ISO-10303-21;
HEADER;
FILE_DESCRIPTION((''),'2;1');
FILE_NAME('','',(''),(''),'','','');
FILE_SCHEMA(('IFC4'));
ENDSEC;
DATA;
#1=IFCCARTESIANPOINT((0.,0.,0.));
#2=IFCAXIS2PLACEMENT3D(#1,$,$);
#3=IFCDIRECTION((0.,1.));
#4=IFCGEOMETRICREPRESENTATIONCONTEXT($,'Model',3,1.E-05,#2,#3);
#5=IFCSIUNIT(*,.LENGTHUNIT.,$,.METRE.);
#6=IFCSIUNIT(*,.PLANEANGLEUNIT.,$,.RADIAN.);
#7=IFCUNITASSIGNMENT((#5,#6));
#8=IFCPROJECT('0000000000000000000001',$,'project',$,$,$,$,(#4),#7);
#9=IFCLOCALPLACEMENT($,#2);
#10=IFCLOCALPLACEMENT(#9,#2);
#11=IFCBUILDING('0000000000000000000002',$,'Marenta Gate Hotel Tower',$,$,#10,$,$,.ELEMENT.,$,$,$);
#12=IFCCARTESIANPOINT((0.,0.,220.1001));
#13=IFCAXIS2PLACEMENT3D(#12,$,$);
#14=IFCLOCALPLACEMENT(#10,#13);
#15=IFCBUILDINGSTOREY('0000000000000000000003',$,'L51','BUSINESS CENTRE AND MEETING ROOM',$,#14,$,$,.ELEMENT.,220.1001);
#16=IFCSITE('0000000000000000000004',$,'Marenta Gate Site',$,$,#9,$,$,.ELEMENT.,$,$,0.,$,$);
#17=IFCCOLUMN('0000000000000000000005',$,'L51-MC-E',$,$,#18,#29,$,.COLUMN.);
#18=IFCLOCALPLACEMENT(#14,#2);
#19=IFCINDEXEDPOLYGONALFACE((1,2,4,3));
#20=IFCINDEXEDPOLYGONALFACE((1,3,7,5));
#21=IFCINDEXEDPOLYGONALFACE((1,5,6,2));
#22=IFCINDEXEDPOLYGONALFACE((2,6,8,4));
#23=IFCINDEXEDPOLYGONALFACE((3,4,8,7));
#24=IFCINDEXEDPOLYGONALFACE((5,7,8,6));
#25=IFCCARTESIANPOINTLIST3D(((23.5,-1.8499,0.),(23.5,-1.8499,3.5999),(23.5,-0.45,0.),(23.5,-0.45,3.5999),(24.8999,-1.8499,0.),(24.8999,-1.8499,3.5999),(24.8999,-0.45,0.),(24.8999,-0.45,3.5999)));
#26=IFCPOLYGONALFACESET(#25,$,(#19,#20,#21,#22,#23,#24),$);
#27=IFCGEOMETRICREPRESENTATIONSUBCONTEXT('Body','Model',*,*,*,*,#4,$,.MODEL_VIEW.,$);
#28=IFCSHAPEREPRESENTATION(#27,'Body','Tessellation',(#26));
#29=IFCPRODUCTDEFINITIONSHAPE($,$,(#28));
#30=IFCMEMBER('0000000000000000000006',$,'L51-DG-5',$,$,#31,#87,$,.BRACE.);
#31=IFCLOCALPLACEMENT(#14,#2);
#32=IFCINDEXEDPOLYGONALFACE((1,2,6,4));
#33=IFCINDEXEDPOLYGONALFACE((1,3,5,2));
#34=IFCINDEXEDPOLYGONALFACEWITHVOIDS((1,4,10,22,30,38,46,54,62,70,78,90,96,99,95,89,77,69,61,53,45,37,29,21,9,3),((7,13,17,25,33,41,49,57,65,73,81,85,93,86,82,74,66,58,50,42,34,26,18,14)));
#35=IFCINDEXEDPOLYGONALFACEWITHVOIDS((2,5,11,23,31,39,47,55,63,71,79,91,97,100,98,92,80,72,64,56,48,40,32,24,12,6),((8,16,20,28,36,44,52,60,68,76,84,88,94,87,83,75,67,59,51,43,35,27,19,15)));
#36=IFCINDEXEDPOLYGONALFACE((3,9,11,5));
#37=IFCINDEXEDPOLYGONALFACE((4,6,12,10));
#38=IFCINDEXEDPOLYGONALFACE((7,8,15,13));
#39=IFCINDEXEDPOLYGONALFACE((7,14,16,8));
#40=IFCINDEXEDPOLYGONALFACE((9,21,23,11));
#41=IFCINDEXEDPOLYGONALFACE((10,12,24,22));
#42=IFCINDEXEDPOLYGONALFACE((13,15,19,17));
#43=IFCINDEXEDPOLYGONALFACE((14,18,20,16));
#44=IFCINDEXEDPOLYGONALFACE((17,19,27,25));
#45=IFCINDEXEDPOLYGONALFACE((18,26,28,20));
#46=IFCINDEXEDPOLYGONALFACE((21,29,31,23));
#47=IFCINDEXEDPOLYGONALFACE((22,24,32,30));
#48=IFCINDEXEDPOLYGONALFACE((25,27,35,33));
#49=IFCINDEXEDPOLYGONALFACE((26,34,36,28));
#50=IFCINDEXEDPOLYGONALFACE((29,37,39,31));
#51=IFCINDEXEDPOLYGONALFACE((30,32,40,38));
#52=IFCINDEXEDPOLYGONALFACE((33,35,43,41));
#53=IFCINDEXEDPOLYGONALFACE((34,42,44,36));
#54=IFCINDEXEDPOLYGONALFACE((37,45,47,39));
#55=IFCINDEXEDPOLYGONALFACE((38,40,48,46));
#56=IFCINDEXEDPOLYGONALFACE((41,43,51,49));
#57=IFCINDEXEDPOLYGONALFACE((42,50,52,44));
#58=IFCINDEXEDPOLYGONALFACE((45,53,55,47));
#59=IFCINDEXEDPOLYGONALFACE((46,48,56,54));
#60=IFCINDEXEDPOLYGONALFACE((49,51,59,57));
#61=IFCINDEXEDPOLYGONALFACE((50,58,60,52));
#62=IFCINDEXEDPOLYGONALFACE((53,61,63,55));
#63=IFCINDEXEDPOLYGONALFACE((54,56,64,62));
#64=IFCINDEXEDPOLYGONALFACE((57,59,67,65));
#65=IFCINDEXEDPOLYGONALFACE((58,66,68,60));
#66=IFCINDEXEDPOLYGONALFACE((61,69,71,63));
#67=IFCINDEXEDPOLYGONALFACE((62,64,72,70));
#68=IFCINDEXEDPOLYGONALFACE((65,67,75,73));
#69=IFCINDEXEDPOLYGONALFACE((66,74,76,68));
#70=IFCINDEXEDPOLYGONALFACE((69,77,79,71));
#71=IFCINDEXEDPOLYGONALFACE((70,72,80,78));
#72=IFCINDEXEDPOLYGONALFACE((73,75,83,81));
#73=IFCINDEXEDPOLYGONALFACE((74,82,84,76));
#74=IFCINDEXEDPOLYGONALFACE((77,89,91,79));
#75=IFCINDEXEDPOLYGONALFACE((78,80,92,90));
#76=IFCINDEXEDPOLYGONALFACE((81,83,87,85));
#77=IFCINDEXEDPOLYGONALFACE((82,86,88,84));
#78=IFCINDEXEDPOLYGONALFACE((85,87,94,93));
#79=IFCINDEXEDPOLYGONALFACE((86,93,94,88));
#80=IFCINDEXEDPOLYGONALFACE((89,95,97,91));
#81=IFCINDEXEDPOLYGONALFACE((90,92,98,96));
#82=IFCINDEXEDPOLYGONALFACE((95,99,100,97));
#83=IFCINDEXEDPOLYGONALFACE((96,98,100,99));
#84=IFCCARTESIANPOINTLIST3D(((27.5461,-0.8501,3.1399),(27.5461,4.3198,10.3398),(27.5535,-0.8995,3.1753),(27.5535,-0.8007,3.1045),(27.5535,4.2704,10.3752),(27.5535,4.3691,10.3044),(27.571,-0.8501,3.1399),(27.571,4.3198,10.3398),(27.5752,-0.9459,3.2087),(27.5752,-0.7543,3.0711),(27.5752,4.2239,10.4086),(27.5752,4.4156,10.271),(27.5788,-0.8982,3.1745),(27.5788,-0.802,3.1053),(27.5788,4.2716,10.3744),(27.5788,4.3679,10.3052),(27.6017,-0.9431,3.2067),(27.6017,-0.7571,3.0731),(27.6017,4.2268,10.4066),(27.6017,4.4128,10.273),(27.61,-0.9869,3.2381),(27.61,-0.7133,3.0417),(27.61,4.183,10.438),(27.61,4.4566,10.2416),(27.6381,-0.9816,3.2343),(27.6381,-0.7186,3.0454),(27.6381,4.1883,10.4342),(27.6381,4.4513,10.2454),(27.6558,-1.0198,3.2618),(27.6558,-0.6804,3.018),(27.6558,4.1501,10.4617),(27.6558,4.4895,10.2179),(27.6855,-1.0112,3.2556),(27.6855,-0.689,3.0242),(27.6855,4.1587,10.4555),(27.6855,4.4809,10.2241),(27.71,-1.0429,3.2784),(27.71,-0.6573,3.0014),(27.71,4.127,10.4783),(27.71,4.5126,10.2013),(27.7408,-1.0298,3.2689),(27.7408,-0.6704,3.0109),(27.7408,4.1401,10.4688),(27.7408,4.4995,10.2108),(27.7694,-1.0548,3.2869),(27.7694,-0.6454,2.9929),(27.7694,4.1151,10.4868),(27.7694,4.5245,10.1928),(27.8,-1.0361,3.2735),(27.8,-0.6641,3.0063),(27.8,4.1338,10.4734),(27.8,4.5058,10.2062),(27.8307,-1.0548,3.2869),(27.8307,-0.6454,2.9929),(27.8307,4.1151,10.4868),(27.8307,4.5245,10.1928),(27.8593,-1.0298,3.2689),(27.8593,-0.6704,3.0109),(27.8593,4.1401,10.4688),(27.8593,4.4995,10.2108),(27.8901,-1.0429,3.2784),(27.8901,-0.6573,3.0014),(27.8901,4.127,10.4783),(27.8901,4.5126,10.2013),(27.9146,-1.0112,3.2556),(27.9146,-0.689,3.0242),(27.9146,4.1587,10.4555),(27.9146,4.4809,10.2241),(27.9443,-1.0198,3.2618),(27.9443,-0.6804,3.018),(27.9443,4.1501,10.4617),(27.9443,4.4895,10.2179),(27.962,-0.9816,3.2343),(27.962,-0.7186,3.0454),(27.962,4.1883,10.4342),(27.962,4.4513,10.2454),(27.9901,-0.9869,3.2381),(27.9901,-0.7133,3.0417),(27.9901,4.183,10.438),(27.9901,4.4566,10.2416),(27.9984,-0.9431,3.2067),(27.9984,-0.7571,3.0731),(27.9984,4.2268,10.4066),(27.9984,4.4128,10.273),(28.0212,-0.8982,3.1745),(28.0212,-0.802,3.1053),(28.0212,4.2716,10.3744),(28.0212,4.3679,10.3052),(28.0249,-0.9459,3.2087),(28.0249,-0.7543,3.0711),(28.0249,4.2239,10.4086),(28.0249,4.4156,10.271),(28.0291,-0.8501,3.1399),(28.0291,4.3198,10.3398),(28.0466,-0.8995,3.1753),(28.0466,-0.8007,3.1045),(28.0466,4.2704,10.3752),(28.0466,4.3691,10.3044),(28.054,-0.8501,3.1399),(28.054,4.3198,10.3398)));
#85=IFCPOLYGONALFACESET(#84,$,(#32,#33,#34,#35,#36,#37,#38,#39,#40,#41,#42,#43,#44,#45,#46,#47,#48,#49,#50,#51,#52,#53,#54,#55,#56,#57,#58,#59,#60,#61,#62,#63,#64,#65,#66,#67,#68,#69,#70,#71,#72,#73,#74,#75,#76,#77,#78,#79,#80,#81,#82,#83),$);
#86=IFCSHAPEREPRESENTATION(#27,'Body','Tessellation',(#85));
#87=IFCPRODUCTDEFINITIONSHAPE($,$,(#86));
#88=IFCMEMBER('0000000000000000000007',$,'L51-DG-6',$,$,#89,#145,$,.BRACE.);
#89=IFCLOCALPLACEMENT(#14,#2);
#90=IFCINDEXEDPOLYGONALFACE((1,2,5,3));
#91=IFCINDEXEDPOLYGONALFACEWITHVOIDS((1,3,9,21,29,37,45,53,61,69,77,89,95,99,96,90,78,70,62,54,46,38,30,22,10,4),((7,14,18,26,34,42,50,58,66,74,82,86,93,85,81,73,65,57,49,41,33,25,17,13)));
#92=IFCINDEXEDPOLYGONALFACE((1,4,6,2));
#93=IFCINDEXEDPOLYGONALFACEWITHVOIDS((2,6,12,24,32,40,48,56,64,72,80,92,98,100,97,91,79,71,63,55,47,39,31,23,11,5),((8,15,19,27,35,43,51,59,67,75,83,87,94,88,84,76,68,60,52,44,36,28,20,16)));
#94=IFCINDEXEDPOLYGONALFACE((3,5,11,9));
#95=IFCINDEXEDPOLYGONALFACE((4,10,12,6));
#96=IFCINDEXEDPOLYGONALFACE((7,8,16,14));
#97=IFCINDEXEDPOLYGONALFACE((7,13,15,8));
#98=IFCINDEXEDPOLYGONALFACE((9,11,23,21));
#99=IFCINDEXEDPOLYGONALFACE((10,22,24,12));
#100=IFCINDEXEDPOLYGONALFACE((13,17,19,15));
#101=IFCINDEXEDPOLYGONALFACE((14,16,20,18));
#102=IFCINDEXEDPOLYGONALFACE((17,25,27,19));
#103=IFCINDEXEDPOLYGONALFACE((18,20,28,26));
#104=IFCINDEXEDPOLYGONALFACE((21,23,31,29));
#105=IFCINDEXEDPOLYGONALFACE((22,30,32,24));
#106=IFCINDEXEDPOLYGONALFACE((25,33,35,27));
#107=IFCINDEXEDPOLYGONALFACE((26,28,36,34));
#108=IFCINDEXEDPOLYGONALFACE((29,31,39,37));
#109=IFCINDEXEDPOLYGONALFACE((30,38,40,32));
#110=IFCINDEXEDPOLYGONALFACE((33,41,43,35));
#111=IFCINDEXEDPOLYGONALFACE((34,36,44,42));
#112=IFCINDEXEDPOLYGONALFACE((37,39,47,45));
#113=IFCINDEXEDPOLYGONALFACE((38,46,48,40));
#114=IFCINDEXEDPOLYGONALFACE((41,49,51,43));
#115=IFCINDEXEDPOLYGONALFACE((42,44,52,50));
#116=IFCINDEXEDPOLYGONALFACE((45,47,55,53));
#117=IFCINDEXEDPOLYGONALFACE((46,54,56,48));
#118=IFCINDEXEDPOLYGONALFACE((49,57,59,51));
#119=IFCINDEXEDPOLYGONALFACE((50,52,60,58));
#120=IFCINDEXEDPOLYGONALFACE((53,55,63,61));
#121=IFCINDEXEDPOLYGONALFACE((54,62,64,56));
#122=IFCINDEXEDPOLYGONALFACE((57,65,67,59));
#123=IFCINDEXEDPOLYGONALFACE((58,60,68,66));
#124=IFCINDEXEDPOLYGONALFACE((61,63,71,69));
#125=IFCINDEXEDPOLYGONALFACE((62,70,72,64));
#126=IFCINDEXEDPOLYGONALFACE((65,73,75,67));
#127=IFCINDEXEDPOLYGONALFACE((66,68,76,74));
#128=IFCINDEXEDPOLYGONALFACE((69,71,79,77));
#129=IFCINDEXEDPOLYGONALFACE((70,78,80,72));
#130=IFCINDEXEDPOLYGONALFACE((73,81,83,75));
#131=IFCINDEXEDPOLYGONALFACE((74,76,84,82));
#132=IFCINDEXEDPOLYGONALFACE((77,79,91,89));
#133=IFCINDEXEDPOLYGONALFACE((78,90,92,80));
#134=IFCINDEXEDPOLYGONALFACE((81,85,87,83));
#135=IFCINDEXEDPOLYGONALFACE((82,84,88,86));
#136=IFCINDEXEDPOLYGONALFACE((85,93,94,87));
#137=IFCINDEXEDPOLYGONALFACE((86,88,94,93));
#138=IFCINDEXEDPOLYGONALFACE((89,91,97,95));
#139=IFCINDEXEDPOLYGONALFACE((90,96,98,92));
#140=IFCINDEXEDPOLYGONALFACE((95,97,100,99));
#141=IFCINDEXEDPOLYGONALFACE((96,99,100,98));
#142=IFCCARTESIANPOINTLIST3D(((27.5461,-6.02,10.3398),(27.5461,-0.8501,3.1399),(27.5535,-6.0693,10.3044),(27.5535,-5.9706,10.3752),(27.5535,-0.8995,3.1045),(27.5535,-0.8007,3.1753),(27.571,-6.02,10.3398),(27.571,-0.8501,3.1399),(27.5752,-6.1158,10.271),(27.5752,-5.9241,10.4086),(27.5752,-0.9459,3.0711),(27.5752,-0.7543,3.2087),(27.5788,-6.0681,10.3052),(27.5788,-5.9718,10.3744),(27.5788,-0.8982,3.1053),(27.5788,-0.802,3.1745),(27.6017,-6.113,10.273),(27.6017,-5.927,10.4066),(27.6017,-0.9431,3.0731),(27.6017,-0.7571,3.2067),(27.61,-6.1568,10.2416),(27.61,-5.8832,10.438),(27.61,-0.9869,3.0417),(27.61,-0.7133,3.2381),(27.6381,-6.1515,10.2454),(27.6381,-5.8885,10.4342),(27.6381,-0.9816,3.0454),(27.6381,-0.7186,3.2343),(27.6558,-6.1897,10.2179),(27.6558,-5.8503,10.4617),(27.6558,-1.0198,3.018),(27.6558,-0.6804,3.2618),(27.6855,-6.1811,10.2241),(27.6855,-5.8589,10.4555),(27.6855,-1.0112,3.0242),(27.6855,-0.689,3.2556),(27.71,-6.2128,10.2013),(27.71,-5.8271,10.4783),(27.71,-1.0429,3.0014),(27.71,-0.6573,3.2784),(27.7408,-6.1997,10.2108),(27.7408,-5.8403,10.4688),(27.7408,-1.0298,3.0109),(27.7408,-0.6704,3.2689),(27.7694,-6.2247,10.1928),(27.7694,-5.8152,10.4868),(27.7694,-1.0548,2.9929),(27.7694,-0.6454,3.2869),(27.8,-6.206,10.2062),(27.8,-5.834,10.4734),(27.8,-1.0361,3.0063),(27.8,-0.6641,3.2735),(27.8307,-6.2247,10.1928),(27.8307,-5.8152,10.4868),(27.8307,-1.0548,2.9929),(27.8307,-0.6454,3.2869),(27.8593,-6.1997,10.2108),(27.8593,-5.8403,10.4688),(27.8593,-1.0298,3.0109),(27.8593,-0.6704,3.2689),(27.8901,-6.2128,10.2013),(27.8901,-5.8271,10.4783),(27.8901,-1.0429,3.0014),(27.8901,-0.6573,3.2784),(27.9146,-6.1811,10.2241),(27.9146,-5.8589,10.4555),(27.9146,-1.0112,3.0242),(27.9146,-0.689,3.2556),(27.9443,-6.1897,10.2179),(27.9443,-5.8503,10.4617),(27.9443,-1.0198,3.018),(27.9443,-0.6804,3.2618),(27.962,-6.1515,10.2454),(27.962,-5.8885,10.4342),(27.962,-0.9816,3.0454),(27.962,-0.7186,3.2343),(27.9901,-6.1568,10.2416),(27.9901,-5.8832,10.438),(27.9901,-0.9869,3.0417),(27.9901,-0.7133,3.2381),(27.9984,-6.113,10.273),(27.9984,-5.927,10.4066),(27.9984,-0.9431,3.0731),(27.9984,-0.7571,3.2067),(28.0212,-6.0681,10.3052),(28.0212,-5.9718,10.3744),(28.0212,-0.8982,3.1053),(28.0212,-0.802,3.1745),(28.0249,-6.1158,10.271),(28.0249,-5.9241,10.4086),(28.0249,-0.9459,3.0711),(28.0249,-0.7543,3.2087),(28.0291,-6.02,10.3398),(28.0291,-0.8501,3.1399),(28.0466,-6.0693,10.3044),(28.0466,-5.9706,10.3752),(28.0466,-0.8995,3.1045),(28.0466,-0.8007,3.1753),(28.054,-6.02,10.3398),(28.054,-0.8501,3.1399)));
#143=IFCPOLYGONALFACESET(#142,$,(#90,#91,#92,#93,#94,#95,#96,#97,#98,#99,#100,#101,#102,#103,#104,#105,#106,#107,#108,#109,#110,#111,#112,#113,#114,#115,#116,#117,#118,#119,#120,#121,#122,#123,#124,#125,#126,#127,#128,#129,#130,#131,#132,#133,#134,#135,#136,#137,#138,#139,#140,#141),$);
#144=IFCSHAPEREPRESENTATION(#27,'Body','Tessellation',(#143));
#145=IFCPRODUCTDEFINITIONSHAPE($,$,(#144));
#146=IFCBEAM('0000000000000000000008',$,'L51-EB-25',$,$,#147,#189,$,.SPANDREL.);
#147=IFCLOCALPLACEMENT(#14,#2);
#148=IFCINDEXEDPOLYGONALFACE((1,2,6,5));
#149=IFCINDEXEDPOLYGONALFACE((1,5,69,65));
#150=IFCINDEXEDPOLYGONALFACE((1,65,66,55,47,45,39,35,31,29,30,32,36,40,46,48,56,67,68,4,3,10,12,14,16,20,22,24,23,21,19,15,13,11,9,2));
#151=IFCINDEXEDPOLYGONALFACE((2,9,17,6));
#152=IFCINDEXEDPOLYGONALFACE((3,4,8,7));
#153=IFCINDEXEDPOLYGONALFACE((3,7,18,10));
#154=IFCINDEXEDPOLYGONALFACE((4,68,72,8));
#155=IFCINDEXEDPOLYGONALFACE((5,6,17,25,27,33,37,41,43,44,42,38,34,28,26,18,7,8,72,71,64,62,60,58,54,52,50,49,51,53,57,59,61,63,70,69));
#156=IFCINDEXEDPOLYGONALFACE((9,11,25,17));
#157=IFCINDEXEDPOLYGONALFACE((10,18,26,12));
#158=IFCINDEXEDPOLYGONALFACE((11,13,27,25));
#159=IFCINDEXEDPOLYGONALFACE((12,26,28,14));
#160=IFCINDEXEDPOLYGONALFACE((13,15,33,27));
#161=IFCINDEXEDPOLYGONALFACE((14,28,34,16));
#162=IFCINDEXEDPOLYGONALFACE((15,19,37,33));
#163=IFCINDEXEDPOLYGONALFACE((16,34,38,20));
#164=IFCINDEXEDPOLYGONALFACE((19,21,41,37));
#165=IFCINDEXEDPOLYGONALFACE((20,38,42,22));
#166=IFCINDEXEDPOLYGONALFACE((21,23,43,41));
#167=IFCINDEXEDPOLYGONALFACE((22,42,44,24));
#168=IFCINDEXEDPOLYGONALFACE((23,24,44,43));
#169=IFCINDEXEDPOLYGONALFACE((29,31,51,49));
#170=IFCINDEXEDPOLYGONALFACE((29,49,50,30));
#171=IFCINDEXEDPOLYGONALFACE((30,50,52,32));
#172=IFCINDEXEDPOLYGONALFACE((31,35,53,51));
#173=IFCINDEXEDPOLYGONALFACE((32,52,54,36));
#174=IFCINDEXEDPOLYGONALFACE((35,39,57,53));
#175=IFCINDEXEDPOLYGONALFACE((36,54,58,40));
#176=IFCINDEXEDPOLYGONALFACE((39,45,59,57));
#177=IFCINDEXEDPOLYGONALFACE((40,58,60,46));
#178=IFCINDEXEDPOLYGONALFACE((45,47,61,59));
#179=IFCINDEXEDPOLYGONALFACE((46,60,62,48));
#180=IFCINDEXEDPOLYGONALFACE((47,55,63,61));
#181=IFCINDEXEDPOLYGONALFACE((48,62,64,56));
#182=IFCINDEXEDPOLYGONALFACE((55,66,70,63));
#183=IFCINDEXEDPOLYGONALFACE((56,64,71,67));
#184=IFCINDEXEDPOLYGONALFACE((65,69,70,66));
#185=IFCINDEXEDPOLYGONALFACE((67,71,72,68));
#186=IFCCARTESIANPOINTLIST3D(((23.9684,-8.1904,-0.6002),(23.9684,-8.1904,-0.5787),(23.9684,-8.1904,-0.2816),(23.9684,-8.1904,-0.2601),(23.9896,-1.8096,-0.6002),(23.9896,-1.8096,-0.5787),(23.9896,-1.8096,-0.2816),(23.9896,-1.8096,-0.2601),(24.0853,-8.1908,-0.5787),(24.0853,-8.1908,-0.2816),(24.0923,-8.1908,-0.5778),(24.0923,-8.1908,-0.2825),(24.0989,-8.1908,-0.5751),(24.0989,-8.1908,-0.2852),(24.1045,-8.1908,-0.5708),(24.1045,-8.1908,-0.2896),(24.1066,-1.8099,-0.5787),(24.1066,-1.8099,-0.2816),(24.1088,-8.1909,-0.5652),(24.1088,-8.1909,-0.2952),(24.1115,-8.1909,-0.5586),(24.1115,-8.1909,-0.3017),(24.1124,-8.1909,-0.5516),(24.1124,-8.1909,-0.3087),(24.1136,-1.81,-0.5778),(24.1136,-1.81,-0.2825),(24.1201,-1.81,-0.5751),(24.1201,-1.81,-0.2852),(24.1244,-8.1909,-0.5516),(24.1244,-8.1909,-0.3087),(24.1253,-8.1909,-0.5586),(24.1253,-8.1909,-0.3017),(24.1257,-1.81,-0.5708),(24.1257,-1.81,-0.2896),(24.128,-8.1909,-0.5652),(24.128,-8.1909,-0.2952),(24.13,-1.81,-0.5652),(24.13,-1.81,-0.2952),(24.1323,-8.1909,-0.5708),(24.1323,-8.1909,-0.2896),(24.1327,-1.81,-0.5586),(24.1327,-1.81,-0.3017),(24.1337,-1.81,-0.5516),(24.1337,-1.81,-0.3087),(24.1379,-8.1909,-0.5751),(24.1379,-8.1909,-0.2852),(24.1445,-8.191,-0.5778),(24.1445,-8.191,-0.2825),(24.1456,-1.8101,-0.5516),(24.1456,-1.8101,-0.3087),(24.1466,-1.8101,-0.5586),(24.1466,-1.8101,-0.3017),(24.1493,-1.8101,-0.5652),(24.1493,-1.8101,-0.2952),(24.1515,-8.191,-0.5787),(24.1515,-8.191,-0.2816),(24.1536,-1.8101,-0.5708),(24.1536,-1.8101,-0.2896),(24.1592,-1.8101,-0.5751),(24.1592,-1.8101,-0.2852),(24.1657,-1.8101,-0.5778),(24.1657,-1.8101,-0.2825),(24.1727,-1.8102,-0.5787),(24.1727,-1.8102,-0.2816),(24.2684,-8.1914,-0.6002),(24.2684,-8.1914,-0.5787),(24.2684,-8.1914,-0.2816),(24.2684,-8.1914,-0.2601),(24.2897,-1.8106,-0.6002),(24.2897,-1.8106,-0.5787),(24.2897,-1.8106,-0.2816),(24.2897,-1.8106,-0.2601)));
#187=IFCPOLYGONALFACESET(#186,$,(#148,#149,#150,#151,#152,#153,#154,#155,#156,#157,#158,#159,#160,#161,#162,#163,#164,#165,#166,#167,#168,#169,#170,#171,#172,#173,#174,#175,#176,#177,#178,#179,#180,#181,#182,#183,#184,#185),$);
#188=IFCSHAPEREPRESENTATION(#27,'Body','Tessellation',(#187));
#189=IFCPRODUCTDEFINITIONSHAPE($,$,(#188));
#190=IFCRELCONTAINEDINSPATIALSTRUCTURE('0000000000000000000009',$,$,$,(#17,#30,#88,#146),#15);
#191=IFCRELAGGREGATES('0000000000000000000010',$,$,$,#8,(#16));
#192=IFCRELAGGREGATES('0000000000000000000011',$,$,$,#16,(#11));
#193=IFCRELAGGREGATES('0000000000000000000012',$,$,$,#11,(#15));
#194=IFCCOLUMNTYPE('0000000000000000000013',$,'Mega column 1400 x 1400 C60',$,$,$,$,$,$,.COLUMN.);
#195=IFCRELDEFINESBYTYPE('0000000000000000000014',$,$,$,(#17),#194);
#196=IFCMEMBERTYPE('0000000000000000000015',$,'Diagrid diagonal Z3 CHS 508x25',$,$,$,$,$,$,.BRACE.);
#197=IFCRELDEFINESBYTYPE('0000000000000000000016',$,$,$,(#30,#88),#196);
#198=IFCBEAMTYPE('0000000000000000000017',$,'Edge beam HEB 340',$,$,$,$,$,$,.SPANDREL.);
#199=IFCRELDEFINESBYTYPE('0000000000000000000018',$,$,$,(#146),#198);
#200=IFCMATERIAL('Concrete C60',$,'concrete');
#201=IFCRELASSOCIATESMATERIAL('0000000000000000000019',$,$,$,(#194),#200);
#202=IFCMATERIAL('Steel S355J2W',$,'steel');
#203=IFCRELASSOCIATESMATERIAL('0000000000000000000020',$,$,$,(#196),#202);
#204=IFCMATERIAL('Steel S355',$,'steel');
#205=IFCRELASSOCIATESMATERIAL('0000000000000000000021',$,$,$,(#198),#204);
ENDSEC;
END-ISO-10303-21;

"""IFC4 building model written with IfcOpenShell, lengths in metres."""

from ifc_helpers import new_model, si_unit, direction, frame, origin, origin_2d, place, context, subcontext, project, spatial, rectangle, hollow_circle, i_section, extrude, material, material_profile, profile_set, type_object, element, save


model = new_model("IFC4")

# Units and contexts
model_context = context("Model", 3, precision=1e-05, world=origin(), true_north=direction((0.0, 1.0)))
body_context = subcontext(model_context, "Body", "Model", "MODEL_VIEW")
ifc_project = project(units=[si_unit("LENGTHUNIT", "METRE"), si_unit("PLANEANGLEUNIT", "RADIAN")], contexts=[model_context])

# Site, building, storey
site_placement = place(None, origin())
site = spatial("IfcSite", under=ifc_project, at=site_placement, Name="Marenta Gate Site", CompositionType="ELEMENT", RefElevation=0.0)
building_placement = place(site_placement, origin())
building = spatial("IfcBuilding", under=site, at=building_placement, Name="Marenta Gate Hotel Tower", CompositionType="ELEMENT")
storey_placement = place(building_placement, frame((0.0, 0.0, 220.1001)))
storey = spatial("IfcBuildingStorey", under=building, at=storey_placement, Name="L51", Description="BUSINESS CENTRE AND MEETING ROOM", CompositionType="ELEMENT", Elevation=220.1001)

# Column
ifc_material_1 = material(Name="Concrete C60", Category="concrete")
ifc_material_profile_1 = material_profile(ifc_material_1, rectangle(XDim=1.3999, YDim=1.3999, at=origin_2d()), Name="1400 x 1400")
ifc_profile_set_1 = profile_set([ifc_material_profile_1], Name="Concrete C60")
column_type = type_object("IfcColumnType", Name="Mega column 1400 x 1400 C60", PredefinedType="COLUMN", material=ifc_profile_set_1)
column_placement = place(storey_placement, frame((24.2, -1.1499, 0.0), z_axis=(0.0, 0.0, 1.0), x_axis=(1.0, 0.0, 0.0)))
element("IfcColumn", 1, at=column_placement, inside=storey, type_object=column_type, Name="L51-MC-E", PredefinedType="COLUMN", context=body_context, shape_type="SweptSolid", body=[
    extrude(rectangle(XDim=1.3999, YDim=1.3999, at=origin_2d()), origin(), (0.0, 0.0, 1.0), 3.5999),
])

# Members
ifc_material_2 = material(Name="Steel S355J2W", Category="steel")
ifc_material_profile_2 = material_profile(ifc_material_2, hollow_circle(Radius=0.2539, WallThickness=0.0249, at=origin_2d()), Name="CHS 508x25")
ifc_profile_set_2 = profile_set([ifc_material_profile_2], Name="Steel S355J2W")
member_type_1 = type_object("IfcMemberType", Name="Diagrid diagonal Z3 CHS 508x25", PredefinedType="BRACE", material=ifc_profile_set_2)
for number, where, z_axis, x_axis, name in (
    (2, (27.8, -0.8501, 3.1399), (0.0, 0.583261, 0.812285), (-1.0, 0.0, 0.0), "L51-DG-5"),
    (3, (27.8, -0.8501, 3.1399), (0.0, -0.583261, 0.812285), (1.0, 0.0, 0.0), "L51-DG-6"),
):
    element("IfcMember", number, at=place(storey_placement, frame(where, z_axis=z_axis, x_axis=x_axis)), inside=storey, type_object=member_type_1, Name=name, PredefinedType="BRACE", context=body_context, shape_type="SweptSolid", body=[
        extrude(hollow_circle(Radius=0.2539, WallThickness=0.0249, at=origin_2d()), origin(), (0.0, 0.0, 1.0), 8.8638),
    ])

# Beam
ifc_material_3 = material(Name="Steel S355", Category="steel")
ifc_material_profile_3 = material_profile(ifc_material_3, i_section(OverallWidth=0.3, OverallDepth=0.3401, WebThickness=0.012, FlangeThickness=0.0215, FilletRadius=0.0271, at=origin_2d()), Name="HEB 340")
ifc_profile_set_3 = profile_set([ifc_material_profile_3], Name="Steel S355")
beam_type = type_object("IfcBeamType", Name="Edge beam HEB 340", PredefinedType="SPANDREL", material=ifc_profile_set_3)
beam_placement = place(storey_placement, frame((24.1396, -1.8101, -0.4302), z_axis=(-0.003329, -0.999994, 0.0), x_axis=(0.999994, -0.003329, 0.0)))
element("IfcBeam", 4, at=beam_placement, inside=storey, type_object=beam_type, Name="L51-EB-25", PredefinedType="SPANDREL", context=body_context, shape_type="SweptSolid", body=[
    extrude(i_section(OverallWidth=0.3, OverallDepth=0.3401, WebThickness=0.012, FlangeThickness=0.0215, FilletRadius=0.0271, at=origin_2d()), origin(), (0.0, 0.0, 1.0), 6.3809),
])

save(model, "model.ifc")
